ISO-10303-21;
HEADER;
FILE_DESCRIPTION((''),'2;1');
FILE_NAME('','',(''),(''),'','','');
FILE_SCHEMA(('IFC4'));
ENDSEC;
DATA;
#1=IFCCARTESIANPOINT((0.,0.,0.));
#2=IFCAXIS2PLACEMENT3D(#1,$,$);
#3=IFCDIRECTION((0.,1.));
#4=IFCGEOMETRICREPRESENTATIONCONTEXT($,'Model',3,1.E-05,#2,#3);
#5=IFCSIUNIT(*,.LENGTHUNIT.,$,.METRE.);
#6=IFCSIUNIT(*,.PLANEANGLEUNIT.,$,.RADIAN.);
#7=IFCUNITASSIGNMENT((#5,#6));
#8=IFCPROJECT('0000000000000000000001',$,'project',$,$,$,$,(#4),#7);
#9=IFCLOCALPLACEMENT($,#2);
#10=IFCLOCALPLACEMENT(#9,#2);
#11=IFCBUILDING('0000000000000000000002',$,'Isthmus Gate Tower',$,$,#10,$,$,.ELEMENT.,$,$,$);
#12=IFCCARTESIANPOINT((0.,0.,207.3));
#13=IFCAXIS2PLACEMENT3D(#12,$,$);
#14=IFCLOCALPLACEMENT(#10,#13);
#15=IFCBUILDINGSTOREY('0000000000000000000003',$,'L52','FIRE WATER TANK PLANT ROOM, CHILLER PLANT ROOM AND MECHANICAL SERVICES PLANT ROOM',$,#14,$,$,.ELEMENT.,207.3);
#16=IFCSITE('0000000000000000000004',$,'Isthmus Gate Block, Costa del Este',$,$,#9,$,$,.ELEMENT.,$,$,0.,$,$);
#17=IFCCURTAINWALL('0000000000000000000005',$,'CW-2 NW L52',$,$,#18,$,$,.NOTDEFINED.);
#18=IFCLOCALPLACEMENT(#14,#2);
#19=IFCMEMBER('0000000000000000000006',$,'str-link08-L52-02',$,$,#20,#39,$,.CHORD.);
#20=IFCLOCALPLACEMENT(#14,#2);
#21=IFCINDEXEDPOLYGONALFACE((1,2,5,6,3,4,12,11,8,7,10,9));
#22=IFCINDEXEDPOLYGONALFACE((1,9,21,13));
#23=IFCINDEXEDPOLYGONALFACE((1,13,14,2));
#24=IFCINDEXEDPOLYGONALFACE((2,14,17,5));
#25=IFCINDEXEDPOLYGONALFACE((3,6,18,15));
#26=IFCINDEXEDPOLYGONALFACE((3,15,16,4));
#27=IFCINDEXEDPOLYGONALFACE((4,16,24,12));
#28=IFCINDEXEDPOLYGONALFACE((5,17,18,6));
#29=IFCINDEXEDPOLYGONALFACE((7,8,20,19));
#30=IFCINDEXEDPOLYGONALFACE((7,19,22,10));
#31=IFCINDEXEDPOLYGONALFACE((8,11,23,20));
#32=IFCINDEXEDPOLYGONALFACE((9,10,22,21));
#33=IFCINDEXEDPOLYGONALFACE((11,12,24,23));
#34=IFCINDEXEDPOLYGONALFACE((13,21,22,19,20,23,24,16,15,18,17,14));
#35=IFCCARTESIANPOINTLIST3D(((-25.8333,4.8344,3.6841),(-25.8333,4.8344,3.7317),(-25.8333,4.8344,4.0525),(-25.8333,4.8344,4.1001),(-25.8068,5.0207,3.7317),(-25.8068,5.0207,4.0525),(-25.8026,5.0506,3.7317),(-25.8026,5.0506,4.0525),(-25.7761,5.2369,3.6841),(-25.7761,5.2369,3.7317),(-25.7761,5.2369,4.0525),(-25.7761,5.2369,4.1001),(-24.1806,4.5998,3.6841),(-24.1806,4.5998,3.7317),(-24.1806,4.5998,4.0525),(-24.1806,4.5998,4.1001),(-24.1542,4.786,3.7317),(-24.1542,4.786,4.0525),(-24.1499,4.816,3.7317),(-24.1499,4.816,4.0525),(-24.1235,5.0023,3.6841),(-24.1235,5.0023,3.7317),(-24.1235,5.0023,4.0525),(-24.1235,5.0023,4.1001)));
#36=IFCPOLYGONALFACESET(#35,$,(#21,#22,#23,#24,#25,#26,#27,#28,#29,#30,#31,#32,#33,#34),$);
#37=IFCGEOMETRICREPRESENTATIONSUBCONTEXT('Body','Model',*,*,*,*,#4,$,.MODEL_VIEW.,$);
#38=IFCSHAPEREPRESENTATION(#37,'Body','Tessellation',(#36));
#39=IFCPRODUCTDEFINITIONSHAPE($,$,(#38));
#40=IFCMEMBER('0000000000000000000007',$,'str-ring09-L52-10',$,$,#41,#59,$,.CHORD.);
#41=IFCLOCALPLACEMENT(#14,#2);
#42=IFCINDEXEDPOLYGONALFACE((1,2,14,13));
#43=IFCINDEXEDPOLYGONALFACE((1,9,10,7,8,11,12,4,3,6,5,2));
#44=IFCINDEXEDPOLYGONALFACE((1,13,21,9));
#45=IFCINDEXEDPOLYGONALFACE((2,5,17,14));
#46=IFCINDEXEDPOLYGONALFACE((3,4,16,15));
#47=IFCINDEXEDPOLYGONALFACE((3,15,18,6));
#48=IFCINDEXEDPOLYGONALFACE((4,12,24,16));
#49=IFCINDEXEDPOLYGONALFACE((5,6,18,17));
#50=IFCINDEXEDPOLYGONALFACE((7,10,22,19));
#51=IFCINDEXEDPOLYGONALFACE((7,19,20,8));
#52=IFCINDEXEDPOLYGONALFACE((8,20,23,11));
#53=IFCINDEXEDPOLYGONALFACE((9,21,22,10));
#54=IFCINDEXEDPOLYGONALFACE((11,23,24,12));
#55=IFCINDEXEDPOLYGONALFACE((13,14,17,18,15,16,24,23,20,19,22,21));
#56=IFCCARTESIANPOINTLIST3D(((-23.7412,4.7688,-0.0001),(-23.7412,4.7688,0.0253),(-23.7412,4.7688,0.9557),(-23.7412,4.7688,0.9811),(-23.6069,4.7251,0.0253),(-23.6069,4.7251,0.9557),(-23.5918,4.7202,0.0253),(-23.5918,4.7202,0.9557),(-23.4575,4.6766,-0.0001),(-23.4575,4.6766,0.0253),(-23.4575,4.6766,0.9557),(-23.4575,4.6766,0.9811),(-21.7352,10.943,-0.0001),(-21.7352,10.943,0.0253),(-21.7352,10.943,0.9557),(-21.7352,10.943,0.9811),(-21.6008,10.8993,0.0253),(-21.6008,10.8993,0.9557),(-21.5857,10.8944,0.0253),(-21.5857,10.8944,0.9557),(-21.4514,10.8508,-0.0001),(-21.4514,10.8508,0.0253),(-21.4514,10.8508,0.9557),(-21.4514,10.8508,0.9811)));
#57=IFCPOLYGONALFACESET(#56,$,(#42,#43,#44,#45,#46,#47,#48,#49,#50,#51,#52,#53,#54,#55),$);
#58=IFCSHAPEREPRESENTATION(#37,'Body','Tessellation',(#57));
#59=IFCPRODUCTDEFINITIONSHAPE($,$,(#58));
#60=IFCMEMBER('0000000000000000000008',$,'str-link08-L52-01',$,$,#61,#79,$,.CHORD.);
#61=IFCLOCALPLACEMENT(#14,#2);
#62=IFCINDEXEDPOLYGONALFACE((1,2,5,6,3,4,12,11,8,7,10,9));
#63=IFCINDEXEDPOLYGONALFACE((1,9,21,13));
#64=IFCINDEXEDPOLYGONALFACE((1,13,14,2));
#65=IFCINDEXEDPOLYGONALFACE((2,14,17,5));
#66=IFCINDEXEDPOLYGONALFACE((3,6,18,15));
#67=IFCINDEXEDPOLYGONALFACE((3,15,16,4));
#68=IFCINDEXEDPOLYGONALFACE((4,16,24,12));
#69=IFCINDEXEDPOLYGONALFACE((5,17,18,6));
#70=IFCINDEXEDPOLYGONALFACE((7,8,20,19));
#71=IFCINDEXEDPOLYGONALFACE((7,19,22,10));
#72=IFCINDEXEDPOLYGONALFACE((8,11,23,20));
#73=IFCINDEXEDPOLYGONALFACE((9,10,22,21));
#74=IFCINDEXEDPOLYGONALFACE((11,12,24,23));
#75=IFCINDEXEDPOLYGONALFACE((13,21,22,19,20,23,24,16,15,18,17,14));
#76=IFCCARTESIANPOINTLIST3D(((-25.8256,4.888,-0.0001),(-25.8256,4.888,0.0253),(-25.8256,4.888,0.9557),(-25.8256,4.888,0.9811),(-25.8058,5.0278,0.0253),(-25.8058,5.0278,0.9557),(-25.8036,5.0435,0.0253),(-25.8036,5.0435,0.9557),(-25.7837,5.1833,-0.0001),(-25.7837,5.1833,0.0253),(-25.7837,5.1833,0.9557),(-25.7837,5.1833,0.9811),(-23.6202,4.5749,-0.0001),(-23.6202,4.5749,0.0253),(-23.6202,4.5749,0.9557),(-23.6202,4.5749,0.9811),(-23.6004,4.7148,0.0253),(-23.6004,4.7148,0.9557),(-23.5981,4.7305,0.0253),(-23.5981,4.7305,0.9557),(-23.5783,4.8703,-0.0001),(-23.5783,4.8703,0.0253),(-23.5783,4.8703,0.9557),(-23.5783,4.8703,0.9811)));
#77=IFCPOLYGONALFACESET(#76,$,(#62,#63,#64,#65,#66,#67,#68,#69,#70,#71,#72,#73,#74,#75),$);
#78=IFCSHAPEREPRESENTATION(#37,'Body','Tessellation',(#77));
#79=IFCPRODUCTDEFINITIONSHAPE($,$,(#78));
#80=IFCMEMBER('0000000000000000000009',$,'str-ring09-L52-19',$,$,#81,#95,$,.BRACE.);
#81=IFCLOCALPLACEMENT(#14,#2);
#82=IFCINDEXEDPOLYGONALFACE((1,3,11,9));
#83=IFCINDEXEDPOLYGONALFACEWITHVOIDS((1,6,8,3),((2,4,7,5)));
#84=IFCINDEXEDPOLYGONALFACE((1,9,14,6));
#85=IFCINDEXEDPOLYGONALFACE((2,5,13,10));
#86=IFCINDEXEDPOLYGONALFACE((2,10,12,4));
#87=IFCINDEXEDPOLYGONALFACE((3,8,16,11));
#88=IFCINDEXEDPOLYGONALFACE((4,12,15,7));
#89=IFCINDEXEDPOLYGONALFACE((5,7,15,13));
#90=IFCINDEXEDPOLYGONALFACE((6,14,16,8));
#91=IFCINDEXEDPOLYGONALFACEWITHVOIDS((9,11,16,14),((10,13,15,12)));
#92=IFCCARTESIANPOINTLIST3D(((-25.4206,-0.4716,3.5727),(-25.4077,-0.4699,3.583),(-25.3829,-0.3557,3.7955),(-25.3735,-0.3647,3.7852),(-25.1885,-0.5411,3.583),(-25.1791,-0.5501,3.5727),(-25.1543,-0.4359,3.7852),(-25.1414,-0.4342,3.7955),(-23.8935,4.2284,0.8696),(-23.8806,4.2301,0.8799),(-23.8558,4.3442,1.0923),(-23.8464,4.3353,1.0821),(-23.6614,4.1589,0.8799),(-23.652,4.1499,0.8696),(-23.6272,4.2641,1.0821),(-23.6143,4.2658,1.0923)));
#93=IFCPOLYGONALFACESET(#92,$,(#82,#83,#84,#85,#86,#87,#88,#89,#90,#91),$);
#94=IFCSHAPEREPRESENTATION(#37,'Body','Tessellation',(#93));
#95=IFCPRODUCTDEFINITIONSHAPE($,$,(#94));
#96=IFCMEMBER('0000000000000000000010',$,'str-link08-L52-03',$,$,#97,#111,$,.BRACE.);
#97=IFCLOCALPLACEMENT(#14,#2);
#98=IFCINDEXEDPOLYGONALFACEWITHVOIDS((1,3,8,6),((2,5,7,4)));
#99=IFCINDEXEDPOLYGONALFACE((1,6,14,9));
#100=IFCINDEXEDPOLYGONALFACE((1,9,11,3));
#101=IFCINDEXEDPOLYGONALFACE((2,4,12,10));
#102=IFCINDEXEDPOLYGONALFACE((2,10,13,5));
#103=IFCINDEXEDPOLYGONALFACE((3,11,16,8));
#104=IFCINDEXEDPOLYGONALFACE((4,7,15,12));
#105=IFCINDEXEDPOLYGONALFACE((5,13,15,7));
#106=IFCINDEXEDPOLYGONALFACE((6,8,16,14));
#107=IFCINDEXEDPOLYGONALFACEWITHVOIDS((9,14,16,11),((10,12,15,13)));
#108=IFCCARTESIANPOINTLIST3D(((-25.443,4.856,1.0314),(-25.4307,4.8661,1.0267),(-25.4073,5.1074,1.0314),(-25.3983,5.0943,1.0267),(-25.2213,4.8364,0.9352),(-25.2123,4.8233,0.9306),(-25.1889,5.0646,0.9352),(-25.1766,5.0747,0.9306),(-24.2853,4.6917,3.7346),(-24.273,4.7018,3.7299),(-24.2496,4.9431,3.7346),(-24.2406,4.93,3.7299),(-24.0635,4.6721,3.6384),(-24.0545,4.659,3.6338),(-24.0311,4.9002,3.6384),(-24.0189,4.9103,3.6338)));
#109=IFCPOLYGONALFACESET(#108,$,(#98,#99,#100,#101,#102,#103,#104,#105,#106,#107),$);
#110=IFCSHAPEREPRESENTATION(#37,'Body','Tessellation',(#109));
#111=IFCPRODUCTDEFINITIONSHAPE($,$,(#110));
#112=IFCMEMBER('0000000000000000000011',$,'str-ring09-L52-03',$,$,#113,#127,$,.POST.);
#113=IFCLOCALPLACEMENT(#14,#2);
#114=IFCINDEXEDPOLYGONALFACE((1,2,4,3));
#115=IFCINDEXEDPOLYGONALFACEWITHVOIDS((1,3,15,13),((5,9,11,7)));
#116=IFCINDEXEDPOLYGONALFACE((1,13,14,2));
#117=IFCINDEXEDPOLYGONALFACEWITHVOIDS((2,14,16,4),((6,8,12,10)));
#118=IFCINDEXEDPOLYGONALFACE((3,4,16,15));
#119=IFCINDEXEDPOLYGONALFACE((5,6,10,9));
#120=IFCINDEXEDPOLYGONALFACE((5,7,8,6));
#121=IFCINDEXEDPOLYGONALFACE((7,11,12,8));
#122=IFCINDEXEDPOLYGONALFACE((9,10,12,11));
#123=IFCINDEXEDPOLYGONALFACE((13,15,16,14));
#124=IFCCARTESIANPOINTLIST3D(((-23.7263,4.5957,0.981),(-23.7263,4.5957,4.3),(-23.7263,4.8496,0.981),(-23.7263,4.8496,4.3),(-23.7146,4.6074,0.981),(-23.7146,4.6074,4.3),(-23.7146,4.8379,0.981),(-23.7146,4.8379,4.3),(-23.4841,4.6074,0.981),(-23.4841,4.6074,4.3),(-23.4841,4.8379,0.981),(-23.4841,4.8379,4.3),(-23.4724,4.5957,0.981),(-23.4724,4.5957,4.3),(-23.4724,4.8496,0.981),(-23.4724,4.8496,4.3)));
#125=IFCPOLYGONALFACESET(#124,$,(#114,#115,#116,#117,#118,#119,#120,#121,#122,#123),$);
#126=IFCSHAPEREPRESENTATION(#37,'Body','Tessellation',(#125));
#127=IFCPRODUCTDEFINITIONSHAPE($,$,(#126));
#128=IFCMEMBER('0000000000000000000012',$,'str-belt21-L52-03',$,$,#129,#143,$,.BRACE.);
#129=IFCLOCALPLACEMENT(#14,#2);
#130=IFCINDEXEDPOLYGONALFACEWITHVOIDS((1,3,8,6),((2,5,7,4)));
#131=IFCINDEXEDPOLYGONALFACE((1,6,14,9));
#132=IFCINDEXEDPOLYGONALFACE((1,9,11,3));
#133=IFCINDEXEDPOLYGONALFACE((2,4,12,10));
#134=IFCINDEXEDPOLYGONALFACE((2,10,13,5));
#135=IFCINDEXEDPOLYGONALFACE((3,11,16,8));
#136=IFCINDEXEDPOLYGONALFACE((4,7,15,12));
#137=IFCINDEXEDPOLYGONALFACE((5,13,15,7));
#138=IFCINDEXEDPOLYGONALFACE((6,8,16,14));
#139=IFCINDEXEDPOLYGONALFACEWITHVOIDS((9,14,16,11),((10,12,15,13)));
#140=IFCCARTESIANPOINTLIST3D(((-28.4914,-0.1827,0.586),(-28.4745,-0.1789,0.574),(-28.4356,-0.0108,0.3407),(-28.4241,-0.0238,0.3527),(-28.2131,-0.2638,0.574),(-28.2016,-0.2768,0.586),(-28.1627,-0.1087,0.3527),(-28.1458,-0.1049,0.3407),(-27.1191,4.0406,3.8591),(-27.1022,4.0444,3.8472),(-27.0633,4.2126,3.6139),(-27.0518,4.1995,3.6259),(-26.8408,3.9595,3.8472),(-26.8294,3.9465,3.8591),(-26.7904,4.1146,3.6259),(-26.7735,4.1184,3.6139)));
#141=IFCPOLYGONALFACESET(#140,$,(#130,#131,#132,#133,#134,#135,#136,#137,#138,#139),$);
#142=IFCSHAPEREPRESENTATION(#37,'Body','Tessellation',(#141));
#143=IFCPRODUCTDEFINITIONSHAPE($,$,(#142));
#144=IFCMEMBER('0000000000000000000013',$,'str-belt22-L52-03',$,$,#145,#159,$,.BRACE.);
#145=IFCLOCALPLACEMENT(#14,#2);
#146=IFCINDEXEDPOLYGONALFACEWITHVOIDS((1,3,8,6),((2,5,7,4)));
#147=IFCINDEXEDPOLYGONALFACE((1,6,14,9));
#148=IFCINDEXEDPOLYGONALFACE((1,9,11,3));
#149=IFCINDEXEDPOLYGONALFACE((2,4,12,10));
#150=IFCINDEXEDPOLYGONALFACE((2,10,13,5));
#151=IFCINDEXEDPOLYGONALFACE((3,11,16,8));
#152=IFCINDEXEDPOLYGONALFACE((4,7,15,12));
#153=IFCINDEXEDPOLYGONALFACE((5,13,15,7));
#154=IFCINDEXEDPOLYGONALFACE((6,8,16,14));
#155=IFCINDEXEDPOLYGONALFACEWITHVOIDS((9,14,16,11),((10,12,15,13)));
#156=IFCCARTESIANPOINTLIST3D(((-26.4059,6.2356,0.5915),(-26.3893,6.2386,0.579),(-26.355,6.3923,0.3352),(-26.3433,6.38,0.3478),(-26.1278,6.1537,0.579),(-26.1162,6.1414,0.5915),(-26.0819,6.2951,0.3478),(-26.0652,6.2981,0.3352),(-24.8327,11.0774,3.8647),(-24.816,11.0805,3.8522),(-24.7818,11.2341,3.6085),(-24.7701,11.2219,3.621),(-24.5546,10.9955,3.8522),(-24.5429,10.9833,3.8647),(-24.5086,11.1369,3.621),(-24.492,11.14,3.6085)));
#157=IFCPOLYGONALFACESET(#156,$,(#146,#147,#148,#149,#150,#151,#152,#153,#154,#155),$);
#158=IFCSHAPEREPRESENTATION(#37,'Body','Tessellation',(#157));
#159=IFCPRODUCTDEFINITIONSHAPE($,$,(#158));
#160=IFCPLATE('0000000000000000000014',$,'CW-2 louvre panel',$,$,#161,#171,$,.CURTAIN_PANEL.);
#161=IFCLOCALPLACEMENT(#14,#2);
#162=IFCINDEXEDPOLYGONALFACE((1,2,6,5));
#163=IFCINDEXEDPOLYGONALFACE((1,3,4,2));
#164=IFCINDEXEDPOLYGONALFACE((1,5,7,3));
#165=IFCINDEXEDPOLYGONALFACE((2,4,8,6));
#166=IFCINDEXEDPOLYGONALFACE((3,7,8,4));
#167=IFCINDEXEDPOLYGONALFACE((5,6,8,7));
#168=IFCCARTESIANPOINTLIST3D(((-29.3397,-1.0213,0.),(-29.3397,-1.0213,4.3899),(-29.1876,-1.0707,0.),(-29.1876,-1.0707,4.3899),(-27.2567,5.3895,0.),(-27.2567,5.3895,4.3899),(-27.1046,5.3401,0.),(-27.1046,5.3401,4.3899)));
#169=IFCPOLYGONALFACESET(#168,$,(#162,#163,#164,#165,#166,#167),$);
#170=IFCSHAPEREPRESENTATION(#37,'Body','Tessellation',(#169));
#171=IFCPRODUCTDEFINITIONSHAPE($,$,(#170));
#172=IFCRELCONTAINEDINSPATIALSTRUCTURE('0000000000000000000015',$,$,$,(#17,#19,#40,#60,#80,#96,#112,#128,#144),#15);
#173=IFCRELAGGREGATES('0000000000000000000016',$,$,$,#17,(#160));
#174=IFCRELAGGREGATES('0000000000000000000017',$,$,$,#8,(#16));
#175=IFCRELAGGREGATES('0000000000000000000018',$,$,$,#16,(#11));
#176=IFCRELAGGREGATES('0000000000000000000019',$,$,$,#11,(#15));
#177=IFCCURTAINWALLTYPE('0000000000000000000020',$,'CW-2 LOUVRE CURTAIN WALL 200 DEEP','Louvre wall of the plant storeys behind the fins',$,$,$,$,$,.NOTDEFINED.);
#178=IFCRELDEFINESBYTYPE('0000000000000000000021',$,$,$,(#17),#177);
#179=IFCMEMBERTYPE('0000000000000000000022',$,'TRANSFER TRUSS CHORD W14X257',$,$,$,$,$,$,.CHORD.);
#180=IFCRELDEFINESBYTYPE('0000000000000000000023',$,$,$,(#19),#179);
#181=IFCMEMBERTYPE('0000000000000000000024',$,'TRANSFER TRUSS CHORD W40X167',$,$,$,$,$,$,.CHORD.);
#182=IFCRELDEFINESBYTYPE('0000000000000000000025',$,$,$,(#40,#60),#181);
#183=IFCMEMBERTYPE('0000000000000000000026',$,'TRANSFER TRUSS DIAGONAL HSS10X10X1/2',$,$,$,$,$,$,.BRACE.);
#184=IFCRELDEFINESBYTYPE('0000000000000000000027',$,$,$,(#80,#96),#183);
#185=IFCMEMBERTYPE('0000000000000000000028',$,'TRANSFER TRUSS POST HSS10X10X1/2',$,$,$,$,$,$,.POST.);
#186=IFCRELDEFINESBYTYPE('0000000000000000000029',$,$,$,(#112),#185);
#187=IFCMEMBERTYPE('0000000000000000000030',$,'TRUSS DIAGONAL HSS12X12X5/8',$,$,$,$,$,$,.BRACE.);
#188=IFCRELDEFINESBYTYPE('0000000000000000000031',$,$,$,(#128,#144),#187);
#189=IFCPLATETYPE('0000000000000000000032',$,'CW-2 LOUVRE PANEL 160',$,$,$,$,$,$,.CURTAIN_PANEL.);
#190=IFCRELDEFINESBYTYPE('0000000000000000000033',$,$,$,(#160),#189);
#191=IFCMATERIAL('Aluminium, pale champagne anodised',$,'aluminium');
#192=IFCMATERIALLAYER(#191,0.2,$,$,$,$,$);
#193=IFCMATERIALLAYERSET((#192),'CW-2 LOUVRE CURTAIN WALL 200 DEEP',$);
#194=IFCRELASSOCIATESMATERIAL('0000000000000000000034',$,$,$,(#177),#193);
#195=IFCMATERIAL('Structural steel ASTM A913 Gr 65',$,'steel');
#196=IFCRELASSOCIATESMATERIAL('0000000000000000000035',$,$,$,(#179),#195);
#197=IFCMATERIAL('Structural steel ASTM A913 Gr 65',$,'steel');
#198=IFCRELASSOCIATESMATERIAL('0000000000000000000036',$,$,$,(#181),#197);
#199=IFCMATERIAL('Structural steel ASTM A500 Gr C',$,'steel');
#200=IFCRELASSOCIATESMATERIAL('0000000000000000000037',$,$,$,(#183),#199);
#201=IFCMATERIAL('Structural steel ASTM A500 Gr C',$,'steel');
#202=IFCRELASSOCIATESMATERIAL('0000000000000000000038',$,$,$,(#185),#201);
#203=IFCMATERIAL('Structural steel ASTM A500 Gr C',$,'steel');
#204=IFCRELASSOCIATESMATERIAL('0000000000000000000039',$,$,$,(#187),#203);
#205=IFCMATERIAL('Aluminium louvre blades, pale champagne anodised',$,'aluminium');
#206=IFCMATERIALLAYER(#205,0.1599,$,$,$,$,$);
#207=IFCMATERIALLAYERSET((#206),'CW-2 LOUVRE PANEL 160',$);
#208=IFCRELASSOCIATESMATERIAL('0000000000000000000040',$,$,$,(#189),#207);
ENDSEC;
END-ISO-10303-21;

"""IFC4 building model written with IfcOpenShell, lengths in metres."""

from ifc_helpers import new_model, si_unit, direction, frame, origin, origin_2d, place, context, subcontext, project, spatial, rectangle, hollow_rectangle, i_section, extrude, material, layer, layer_set, material_profile, profile_set, type_object, element, aggregate, save


model = new_model("IFC4")

# Units and contexts
model_context = context("Model", 3, precision=1e-05, world=origin(), true_north=direction((0.0, 1.0)))
body_context = subcontext(model_context, "Body", "Model", "MODEL_VIEW")
ifc_project = project(units=[si_unit("LENGTHUNIT", "METRE"), si_unit("PLANEANGLEUNIT", "RADIAN")], contexts=[model_context])

# Site, building, storey
site_placement = place(None, origin())
site = spatial("IfcSite", under=ifc_project, at=site_placement, Name="Isthmus Gate Block, Costa del Este", CompositionType="ELEMENT", RefElevation=0.0)
building_placement = place(site_placement, origin())
building = spatial("IfcBuilding", under=site, at=building_placement, Name="Isthmus Gate Tower", CompositionType="ELEMENT")
storey_placement = place(building_placement, frame((0.0, 0.0, 207.3)))
storey = spatial("IfcBuildingStorey", under=building, at=storey_placement, Name="L52", Description="FIRE WATER TANK PLANT ROOM, CHILLER PLANT ROOM AND MECHANICAL SERVICES PLANT ROOM", CompositionType="ELEMENT", Elevation=207.3)

# Curtain wall
ifc_material_1 = material(Name="Aluminium, pale champagne anodised", Category="aluminium")
ifc_layer_1 = layer(ifc_material_1, 0.2)
ifc_layer_set_1 = layer_set([ifc_layer_1], Name="CW-2 LOUVRE CURTAIN WALL 200 DEEP")
curtain_wall_type = type_object("IfcCurtainWallType", Name="CW-2 LOUVRE CURTAIN WALL 200 DEEP", Description="Louvre wall of the plant storeys behind the fins", PredefinedType="NOTDEFINED", material=ifc_layer_set_1)
curtain_wall_placement = place(storey_placement, origin())
curtain_wall = element("IfcCurtainWall", 1, at=curtain_wall_placement, inside=storey, type_object=curtain_wall_type, Name="CW-2 NW L52", PredefinedType="NOTDEFINED")

# Members
ifc_material_2 = material(Name="Structural steel ASTM A913 Gr 65", Category="steel")
ifc_material_profile_1 = material_profile(ifc_material_2, i_section(OverallWidth=0.4065, OverallDepth=0.416, WebThickness=0.0303, FlangeThickness=0.0476, at=origin_2d()), Name="W14X257")
ifc_profile_set_1 = profile_set([ifc_material_profile_1], Name="Structural steel ASTM A913 Gr 65")
member_type_1 = type_object("IfcMemberType", Name="TRANSFER TRUSS CHORD W14X257", PredefinedType="CHORD", material=ifc_profile_set_1)
member_1_placement = place(storey_placement, frame((-25.8047, 5.0356, 3.8921), z_axis=(0.990072, -0.140561, 0.0), x_axis=(0.140561, 0.990072, 0.0)))
element("IfcMember", 2, at=member_1_placement, inside=storey, type_object=member_type_1, Name="str-link08-L52-02", PredefinedType="CHORD", context=body_context, shape_type="SweptSolid", body=[
    extrude(i_section(OverallWidth=0.4065, OverallDepth=0.416, WebThickness=0.0303, FlangeThickness=0.0476, at=origin_2d()), origin(), (0.0, 0.0, 1.0), 1.6692),
])
ifc_material_3 = material(Name="Structural steel ASTM A913 Gr 65", Category="steel")
ifc_material_profile_2 = material_profile(ifc_material_3, i_section(OverallWidth=0.2983, OverallDepth=0.9812, WebThickness=0.0159, FlangeThickness=0.0254, at=origin_2d()), Name="W40X167")
ifc_profile_set_2 = profile_set([ifc_material_profile_2], Name="Structural steel ASTM A913 Gr 65")
member_type_2 = type_object("IfcMemberType", Name="TRANSFER TRUSS CHORD W40X167", PredefinedType="CHORD", material=ifc_profile_set_2)
member_2_placement = place(storey_placement, frame((-23.5994, 4.7227, 0.4905), z_axis=(0.30901, 0.951059, 0.0), x_axis=(-0.951059, 0.30901, 0.0)))
element("IfcMember", 3, at=member_2_placement, inside=storey, type_object=member_type_2, Name="str-ring09-L52-10", PredefinedType="CHORD", context=body_context, shape_type="SweptSolid", body=[
    extrude(i_section(OverallWidth=0.2983, OverallDepth=0.9812, WebThickness=0.0159, FlangeThickness=0.0254, at=origin_2d()), origin(), (0.0, 0.0, 1.0), 6.4919),
])
member_3_placement = place(storey_placement, frame((-25.8047, 5.0356, 0.4905), z_axis=(0.990078, -0.140516, 0.0), x_axis=(0.140516, 0.990078, 0.0)))
element("IfcMember", 4, at=member_3_placement, inside=storey, type_object=member_type_2, Name="str-link08-L52-01", PredefinedType="CHORD", context=body_context, shape_type="SweptSolid", body=[
    extrude(i_section(OverallWidth=0.2983, OverallDepth=0.9812, WebThickness=0.0159, FlangeThickness=0.0254, at=origin_2d()), origin(), (0.0, 0.0, 1.0), 2.2275),
])
ifc_material_4 = material(Name="Structural steel ASTM A500 Gr C", Category="steel")
ifc_material_profile_3 = material_profile(ifc_material_4, hollow_rectangle(XDim=0.2539, YDim=0.2539, WallThickness=0.0117, at=origin_2d()), Name="HSS10X10X1/2")
ifc_profile_set_3 = profile_set([ifc_material_profile_3], Name="Structural steel ASTM A500 Gr C")
member_type_3 = type_object("IfcMemberType", Name="TRANSFER TRUSS DIAGONAL HSS10X10X1/2", PredefinedType="BRACE", material=ifc_profile_set_3)
member_4_placement = place(storey_placement, frame((-23.7539, 4.2471, 0.981), z_axis=(-0.271108, -0.83439, 0.47989), x_axis=(0.951057, -0.309016, 0.0)))
element("IfcMember", 5, at=member_4_placement, inside=storey, type_object=member_type_3, Name="str-ring09-L52-19", PredefinedType="BRACE", context=body_context, shape_type="SweptSolid", body=[
    extrude(hollow_rectangle(XDim=0.2539, YDim=0.2539, WallThickness=0.0117, at=origin_2d()), origin(), (0.0, 0.0, 1.0), 5.6328),
])
member_5_placement = place(storey_placement, frame((-25.3098, 4.9653, 0.981), z_axis=(0.393086, -0.055788, 0.917808), x_axis=(0.140515, 0.990079, 0.0)))
element("IfcMember", 6, at=member_5_placement, inside=storey, type_object=member_type_3, Name="str-link08-L52-03", PredefinedType="BRACE", context=body_context, shape_type="SweptSolid", body=[
    extrude(hollow_rectangle(XDim=0.2539, YDim=0.2539, WallThickness=0.0117, at=origin_2d()), origin(), (0.0, 0.0, 1.0), 2.9453),
])
ifc_material_5 = material(Name="Structural steel ASTM A500 Gr C", Category="steel")
ifc_material_profile_4 = material_profile(ifc_material_5, hollow_rectangle(XDim=0.2539, YDim=0.2539, WallThickness=0.0117, at=origin_2d()), Name="HSS10X10X1/2")
ifc_profile_set_4 = profile_set([ifc_material_profile_4], Name="Structural steel ASTM A500 Gr C")
member_type_4 = type_object("IfcMemberType", Name="TRANSFER TRUSS POST HSS10X10X1/2", PredefinedType="POST", material=ifc_profile_set_4)
member_6_placement = place(storey_placement, frame((-23.5994, 4.7227, 0.981), z_axis=(0.0, 0.0, 1.0), x_axis=(1.0, 0.0, 0.0)))
element("IfcMember", 7, at=member_6_placement, inside=storey, type_object=member_type_4, Name="str-ring09-L52-03", PredefinedType="POST", context=body_context, shape_type="SweptSolid", body=[
    extrude(hollow_rectangle(XDim=0.2539, YDim=0.2539, WallThickness=0.0117, at=origin_2d()), origin(), (0.0, 0.0, 1.0), 3.3191),
])
ifc_material_6 = material(Name="Structural steel ASTM A500 Gr C", Category="steel")
ifc_material_profile_5 = material_profile(ifc_material_6, hollow_rectangle(XDim=0.3047, YDim=0.3047, WallThickness=0.0149, at=origin_2d()), Name="HSS12X12X5/8")
ifc_profile_set_5 = profile_set([ifc_material_profile_5], Name="Structural steel ASTM A500 Gr C")
member_type_5 = type_object("IfcMemberType", Name="TRUSS DIAGONAL HSS12X12X5/8", PredefinedType="BRACE", material=ifc_profile_set_5)
member_7_placement = place(storey_placement, frame((-28.3186, -0.1438, 0.4634), z_axis=(0.248756, 0.765563, 0.593324), x_axis=(-0.951053, 0.309028, 0.0)))
element("IfcMember", 8, at=member_7_placement, inside=storey, type_object=member_type_5, Name="str-belt21-L52-03", PredefinedType="BRACE", context=body_context, shape_type="SweptSolid", body=[
    extrude(hollow_rectangle(XDim=0.3047, YDim=0.3047, WallThickness=0.0149, at=origin_2d()), origin(), (0.0, 0.0, 1.0), 5.5166),
])
member_8_placement = place(storey_placement, frame((-26.2356, 6.2668, 0.4634), z_axis=(0.259936, 0.799976, 0.540807), x_axis=(-0.951054, 0.309025, 0.0)))
element("IfcMember", 9, at=member_8_placement, inside=storey, type_object=member_type_5, Name="str-belt22-L52-03", PredefinedType="BRACE", context=body_context, shape_type="SweptSolid", body=[
    extrude(hollow_rectangle(XDim=0.3047, YDim=0.3047, WallThickness=0.0149, at=origin_2d()), origin(), (0.0, 0.0, 1.0), 6.0525),
])

# Plate
ifc_material_7 = material(Name="Aluminium louvre blades, pale champagne anodised", Category="aluminium")
ifc_layer_2 = layer(ifc_material_7, 0.1599)
ifc_layer_set_2 = layer_set([ifc_layer_2], Name="CW-2 LOUVRE PANEL 160")
plate_type = type_object("IfcPlateType", Name="CW-2 LOUVRE PANEL 160", PredefinedType="CURTAIN_PANEL", material=ifc_layer_set_2)
plate_placement = place(storey_placement, frame((-28.2222, 2.1594, 0.0), z_axis=(0.0, 0.0, 1.0), x_axis=(-0.309017, -0.951057, 0.0)))
plate = element("IfcPlate", 10, at=plate_placement, type_object=plate_type, Name="CW-2 louvre panel", PredefinedType="CURTAIN_PANEL", context=body_context, shape_type="SweptSolid", body=[
    extrude(rectangle(XDim=6.7407, YDim=0.1599, at=origin_2d()), origin(), (0.0, 0.0, 1.0), 4.3899),
])
aggregate(curtain_wall, [plate])

save(model, "model.ifc")
